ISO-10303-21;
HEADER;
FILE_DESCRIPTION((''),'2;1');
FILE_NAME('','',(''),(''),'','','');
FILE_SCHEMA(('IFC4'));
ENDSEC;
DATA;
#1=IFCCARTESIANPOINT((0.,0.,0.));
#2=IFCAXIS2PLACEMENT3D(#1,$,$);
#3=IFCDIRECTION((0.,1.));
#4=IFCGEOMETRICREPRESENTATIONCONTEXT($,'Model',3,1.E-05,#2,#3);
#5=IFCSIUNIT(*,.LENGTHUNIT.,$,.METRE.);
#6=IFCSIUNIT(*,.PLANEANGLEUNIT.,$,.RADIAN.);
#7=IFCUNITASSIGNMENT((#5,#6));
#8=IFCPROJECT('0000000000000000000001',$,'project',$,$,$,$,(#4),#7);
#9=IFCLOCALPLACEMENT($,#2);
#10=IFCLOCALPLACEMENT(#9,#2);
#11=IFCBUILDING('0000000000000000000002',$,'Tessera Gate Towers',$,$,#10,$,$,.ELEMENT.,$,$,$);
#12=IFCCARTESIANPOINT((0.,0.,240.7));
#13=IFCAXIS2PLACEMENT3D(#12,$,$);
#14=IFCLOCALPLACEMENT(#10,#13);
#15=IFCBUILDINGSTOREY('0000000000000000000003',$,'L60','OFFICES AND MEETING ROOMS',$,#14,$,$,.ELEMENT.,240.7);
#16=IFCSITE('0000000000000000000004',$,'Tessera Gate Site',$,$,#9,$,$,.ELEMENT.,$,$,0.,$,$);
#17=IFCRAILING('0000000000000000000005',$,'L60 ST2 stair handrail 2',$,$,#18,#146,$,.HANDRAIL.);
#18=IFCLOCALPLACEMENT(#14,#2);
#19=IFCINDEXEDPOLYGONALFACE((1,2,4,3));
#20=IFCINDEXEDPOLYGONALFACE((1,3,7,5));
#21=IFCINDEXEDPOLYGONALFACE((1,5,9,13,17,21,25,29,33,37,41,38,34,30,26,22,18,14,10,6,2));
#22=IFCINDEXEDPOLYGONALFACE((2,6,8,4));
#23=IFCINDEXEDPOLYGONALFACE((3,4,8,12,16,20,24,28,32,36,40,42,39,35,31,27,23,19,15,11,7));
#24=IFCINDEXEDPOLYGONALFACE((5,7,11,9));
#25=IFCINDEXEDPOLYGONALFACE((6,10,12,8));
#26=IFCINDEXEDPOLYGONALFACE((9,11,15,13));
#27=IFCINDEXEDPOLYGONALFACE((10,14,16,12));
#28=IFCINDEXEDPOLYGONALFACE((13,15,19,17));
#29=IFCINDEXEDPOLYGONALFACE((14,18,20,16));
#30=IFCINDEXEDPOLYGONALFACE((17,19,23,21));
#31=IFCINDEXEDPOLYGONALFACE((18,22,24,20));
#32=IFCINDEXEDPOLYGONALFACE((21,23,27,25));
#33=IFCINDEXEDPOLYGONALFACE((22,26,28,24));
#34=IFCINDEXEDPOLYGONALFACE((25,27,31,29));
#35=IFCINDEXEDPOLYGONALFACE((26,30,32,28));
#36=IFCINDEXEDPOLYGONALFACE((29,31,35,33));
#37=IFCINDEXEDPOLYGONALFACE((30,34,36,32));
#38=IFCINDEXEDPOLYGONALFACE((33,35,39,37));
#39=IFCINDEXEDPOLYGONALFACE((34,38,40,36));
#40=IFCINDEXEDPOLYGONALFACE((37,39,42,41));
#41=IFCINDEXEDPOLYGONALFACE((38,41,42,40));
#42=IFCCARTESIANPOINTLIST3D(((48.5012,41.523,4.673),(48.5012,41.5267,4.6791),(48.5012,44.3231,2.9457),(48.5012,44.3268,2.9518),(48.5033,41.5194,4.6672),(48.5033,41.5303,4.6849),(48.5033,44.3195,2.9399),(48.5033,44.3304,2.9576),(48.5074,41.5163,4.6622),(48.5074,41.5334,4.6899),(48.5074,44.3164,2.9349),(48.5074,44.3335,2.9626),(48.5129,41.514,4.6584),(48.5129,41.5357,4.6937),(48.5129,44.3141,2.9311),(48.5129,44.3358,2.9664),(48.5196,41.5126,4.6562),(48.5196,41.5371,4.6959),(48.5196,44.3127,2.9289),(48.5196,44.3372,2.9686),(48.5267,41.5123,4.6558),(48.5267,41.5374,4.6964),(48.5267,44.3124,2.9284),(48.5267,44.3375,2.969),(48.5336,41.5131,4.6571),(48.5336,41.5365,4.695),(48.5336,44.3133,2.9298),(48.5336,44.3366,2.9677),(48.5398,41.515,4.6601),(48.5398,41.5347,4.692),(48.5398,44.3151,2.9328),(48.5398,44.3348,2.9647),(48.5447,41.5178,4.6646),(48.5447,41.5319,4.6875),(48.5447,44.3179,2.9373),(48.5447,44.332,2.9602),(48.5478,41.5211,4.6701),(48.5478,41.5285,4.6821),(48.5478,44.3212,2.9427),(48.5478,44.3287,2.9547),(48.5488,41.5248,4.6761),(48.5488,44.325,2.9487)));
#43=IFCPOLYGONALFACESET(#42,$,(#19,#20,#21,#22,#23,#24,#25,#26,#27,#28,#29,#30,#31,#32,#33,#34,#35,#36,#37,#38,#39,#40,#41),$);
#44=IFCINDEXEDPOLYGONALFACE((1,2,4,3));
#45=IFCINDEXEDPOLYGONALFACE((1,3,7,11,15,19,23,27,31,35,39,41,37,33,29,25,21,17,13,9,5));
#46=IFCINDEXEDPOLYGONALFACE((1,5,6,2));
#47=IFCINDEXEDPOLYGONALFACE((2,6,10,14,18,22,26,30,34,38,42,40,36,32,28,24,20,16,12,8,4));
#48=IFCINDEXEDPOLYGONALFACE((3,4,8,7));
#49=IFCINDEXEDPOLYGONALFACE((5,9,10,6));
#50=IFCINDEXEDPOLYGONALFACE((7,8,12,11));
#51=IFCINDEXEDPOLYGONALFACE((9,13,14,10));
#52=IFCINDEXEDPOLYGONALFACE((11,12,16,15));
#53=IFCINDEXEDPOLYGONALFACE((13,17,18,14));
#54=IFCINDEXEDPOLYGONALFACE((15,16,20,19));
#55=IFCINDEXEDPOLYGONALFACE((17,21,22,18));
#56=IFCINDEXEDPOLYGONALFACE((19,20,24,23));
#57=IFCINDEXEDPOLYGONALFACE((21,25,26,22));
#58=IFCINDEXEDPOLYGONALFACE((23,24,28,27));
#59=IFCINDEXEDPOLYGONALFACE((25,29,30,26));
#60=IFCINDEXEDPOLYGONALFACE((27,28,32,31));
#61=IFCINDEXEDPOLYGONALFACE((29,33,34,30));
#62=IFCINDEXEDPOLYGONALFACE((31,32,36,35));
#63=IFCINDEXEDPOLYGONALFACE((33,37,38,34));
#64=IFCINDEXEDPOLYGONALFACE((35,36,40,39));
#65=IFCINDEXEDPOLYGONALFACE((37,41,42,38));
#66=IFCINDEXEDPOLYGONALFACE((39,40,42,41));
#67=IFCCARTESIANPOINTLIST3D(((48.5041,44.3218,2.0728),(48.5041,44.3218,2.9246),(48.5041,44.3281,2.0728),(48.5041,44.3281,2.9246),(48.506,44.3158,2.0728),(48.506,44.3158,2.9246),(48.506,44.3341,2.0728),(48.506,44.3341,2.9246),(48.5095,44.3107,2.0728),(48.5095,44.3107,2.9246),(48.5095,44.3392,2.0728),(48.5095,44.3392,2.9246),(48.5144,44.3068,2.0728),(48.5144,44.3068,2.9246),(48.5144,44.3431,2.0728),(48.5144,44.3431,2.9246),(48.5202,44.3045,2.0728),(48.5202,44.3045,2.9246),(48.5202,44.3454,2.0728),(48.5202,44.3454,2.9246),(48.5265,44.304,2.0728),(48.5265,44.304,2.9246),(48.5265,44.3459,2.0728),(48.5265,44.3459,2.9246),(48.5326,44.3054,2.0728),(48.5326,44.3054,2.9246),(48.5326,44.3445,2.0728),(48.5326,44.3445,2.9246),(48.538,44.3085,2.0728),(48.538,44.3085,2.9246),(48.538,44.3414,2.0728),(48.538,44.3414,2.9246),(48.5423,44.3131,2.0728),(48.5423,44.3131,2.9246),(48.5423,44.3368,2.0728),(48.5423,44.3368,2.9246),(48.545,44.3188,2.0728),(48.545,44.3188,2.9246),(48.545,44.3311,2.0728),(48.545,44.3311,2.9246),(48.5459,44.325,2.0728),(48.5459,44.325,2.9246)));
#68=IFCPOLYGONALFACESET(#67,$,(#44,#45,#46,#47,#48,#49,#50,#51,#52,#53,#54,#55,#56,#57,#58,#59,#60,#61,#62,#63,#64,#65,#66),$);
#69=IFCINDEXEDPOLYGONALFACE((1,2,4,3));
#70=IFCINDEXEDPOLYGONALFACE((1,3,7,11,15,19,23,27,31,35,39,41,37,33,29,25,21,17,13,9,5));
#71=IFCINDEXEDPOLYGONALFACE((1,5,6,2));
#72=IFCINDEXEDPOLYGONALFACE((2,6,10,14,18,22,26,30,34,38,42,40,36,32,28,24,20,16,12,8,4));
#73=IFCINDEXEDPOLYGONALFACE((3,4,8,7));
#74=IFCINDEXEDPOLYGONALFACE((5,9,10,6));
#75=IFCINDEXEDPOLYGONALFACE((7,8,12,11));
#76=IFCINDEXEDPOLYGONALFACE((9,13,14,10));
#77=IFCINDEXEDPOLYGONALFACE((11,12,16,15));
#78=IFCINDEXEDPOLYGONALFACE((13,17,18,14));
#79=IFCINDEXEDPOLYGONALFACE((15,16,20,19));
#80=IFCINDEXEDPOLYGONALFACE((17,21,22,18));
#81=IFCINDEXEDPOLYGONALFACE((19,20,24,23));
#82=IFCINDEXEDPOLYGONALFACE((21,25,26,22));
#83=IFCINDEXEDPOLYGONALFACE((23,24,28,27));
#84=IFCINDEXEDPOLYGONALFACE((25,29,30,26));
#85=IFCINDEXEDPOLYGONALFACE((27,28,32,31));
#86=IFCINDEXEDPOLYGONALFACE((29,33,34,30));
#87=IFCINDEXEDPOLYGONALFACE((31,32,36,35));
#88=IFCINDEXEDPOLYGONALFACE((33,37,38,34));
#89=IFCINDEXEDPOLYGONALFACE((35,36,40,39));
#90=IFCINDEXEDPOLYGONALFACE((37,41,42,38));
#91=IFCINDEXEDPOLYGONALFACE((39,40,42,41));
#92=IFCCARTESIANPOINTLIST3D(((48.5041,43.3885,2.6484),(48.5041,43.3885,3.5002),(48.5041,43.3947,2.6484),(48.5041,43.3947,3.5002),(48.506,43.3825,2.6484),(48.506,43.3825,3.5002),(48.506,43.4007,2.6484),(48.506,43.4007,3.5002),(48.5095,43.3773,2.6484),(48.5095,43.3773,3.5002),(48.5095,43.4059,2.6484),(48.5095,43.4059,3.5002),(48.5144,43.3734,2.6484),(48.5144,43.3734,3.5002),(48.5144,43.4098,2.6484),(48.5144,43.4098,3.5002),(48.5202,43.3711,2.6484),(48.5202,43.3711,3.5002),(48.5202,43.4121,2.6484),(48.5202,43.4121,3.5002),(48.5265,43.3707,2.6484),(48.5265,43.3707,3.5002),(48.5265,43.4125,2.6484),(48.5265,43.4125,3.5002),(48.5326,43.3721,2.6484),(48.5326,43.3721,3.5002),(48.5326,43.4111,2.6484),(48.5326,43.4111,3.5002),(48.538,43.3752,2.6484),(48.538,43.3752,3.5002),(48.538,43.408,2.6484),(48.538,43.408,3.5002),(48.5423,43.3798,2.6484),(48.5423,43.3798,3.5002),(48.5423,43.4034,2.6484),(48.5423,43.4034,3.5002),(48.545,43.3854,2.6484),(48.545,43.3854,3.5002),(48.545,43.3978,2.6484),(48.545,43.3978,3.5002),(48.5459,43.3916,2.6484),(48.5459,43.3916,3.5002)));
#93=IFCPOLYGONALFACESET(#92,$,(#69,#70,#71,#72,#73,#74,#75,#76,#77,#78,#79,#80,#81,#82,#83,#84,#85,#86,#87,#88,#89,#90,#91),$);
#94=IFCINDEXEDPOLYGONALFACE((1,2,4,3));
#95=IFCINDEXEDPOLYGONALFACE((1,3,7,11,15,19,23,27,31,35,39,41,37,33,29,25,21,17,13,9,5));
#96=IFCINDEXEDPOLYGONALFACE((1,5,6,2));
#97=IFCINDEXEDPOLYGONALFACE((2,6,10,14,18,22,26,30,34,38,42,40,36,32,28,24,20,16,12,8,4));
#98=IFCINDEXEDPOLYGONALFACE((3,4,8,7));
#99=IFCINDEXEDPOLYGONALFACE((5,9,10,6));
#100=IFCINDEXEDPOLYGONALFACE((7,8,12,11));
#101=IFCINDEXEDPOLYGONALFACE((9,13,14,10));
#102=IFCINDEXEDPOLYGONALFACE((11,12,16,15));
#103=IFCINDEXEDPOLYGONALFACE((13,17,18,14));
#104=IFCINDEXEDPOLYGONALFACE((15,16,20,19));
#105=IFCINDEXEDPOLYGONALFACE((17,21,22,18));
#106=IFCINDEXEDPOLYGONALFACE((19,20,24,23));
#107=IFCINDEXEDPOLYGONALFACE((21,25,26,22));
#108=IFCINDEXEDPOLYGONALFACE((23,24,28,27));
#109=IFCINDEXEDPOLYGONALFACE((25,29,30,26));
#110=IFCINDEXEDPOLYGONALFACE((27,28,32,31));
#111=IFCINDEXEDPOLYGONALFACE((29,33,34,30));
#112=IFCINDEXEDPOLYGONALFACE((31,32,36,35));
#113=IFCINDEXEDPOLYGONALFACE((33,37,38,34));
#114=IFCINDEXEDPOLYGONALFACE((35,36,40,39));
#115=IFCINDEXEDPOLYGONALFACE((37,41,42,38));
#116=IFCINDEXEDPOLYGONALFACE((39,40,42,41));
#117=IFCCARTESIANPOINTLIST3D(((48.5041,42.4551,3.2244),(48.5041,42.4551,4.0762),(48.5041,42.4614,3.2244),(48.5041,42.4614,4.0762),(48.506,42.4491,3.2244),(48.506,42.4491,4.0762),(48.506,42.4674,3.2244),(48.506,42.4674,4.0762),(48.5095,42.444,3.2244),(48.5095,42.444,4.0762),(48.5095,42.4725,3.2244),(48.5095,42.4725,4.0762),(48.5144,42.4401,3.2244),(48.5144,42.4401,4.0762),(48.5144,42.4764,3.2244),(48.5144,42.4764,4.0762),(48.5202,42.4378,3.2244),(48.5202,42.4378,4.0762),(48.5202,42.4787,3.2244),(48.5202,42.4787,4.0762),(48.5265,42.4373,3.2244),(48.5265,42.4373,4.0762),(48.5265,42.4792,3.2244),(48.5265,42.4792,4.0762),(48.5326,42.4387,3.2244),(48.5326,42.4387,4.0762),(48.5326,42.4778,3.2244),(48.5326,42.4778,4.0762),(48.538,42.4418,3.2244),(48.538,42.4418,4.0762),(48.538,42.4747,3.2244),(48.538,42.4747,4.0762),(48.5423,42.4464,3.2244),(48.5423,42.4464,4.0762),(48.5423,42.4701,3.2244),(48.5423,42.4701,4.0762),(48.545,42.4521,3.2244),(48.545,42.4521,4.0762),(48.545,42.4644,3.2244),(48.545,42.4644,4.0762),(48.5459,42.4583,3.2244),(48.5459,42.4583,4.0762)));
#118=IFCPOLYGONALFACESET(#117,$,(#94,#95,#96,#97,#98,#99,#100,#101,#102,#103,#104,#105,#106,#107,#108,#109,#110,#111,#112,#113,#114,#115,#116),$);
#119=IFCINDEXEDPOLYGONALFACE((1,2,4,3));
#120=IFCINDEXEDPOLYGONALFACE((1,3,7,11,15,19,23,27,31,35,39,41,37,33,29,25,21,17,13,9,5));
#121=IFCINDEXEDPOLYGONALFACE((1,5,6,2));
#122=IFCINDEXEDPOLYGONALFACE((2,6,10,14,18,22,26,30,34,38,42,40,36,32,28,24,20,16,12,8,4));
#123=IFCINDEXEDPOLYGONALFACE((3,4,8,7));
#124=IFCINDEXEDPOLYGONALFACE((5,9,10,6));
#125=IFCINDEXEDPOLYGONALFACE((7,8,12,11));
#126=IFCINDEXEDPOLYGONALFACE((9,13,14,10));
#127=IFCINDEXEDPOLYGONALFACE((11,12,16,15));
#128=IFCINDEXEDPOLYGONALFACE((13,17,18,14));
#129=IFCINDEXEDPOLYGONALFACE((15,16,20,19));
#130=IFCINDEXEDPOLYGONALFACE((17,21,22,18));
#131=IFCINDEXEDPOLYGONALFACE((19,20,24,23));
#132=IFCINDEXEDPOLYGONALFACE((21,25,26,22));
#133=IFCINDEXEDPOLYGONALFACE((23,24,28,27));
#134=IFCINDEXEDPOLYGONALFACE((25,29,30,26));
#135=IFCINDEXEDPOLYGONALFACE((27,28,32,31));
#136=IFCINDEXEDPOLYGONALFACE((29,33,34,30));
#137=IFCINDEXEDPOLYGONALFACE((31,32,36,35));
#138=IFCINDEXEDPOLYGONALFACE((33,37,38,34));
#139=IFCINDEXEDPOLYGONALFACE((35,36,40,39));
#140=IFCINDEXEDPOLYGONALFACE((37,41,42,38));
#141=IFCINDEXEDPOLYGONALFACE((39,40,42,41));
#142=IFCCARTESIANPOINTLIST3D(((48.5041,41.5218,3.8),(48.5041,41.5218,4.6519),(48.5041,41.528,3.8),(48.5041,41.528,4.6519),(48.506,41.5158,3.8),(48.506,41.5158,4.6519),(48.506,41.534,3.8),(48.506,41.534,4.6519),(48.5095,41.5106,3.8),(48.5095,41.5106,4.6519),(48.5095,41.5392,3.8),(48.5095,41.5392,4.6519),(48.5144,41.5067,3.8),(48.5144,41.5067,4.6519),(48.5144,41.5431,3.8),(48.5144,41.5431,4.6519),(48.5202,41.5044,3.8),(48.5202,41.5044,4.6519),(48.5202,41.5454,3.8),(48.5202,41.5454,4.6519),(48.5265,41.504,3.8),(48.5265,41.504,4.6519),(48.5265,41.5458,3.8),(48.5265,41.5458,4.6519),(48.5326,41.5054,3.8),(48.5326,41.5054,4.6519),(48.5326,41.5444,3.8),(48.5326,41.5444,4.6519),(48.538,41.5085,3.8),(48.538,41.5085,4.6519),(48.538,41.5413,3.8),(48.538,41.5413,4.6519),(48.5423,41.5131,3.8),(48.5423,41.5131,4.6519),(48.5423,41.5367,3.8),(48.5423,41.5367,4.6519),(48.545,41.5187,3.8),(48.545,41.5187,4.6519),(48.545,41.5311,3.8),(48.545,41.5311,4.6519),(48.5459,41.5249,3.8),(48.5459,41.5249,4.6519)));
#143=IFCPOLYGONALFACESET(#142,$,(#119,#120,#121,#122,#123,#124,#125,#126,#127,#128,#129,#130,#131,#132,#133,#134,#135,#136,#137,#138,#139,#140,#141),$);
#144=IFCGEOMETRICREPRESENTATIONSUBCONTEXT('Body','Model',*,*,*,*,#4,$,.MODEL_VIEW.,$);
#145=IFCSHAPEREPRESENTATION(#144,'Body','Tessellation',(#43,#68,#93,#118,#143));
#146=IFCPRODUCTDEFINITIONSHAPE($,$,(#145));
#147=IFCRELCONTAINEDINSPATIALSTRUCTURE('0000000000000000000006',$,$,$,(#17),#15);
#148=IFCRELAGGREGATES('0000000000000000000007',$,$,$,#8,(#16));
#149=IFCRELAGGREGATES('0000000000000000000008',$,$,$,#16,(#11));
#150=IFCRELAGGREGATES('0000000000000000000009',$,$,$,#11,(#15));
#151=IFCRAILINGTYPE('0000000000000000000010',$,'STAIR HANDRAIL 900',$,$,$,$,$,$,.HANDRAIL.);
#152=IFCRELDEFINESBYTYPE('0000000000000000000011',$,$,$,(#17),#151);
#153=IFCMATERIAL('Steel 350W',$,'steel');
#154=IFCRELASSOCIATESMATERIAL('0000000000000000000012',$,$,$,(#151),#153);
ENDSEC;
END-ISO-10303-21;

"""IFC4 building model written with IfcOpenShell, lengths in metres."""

from ifc_helpers import new_model, si_unit, direction, frame, origin, origin_2d, place, context, subcontext, project, spatial, circle, extrude, material, type_object, element, save


model = new_model("IFC4")

# Units and contexts
model_context = context("Model", 3, precision=1e-05, world=origin(), true_north=direction((0.0, 1.0)))
body_context = subcontext(model_context, "Body", "Model", "MODEL_VIEW")
ifc_project = project(units=[si_unit("LENGTHUNIT", "METRE"), si_unit("PLANEANGLEUNIT", "RADIAN")], contexts=[model_context])

# Site, building, storey
site_placement = place(None, origin())
site = spatial("IfcSite", under=ifc_project, at=site_placement, Name="Tessera Gate Site", CompositionType="ELEMENT", RefElevation=0.0)
building_placement = place(site_placement, origin())
building = spatial("IfcBuilding", under=site, at=building_placement, Name="Tessera Gate Towers", CompositionType="ELEMENT")
storey_placement = place(building_placement, frame((0.0, 0.0, 240.7)))
storey = spatial("IfcBuildingStorey", under=building, at=storey_placement, Name="L60", Description="OFFICES AND MEETING ROOMS", CompositionType="ELEMENT", Elevation=240.7)

# Railing
ifc_material_1 = material(Name="Steel 350W", Category="steel")
railing_type_1 = type_object("IfcRailingType", Name="STAIR HANDRAIL 900", PredefinedType="HANDRAIL", material=ifc_material_1)
railing_1_placement = place(storey_placement, frame((48.5249, 44.325, 2.0728)))
element("IfcRailing", 1, at=railing_1_placement, inside=storey, type_object=railing_type_1, Name="L60 ST2 stair handrail 2", PredefinedType="HANDRAIL", context=body_context, shape_type="SweptSolid", body=[
    extrude(circle(Radius=0.0239, at=origin_2d()), frame((0.0, 0.0, 0.876), z_axis=(0.0, -0.85109, 0.52502), x_axis=(1.0, 0.0, 0.0)), (0.0, 0.0, 1.0), 3.29),
    extrude(circle(Radius=0.021, at=origin_2d()), origin(), (0.0, 0.0, 1.0), 0.8518),
    extrude(circle(Radius=0.021, at=origin_2d()), frame((0.0, -0.9333, 0.5757)), (0.0, 0.0, 1.0), 0.8518),
    extrude(circle(Radius=0.021, at=origin_2d()), frame((0.0, -1.8667, 1.1516)), (0.0, 0.0, 1.0), 0.8518),
    extrude(circle(Radius=0.021, at=origin_2d()), frame((0.0, -2.8, 1.7273)), (0.0, 0.0, 1.0), 0.8518),
])

save(model, "model.ifc")
